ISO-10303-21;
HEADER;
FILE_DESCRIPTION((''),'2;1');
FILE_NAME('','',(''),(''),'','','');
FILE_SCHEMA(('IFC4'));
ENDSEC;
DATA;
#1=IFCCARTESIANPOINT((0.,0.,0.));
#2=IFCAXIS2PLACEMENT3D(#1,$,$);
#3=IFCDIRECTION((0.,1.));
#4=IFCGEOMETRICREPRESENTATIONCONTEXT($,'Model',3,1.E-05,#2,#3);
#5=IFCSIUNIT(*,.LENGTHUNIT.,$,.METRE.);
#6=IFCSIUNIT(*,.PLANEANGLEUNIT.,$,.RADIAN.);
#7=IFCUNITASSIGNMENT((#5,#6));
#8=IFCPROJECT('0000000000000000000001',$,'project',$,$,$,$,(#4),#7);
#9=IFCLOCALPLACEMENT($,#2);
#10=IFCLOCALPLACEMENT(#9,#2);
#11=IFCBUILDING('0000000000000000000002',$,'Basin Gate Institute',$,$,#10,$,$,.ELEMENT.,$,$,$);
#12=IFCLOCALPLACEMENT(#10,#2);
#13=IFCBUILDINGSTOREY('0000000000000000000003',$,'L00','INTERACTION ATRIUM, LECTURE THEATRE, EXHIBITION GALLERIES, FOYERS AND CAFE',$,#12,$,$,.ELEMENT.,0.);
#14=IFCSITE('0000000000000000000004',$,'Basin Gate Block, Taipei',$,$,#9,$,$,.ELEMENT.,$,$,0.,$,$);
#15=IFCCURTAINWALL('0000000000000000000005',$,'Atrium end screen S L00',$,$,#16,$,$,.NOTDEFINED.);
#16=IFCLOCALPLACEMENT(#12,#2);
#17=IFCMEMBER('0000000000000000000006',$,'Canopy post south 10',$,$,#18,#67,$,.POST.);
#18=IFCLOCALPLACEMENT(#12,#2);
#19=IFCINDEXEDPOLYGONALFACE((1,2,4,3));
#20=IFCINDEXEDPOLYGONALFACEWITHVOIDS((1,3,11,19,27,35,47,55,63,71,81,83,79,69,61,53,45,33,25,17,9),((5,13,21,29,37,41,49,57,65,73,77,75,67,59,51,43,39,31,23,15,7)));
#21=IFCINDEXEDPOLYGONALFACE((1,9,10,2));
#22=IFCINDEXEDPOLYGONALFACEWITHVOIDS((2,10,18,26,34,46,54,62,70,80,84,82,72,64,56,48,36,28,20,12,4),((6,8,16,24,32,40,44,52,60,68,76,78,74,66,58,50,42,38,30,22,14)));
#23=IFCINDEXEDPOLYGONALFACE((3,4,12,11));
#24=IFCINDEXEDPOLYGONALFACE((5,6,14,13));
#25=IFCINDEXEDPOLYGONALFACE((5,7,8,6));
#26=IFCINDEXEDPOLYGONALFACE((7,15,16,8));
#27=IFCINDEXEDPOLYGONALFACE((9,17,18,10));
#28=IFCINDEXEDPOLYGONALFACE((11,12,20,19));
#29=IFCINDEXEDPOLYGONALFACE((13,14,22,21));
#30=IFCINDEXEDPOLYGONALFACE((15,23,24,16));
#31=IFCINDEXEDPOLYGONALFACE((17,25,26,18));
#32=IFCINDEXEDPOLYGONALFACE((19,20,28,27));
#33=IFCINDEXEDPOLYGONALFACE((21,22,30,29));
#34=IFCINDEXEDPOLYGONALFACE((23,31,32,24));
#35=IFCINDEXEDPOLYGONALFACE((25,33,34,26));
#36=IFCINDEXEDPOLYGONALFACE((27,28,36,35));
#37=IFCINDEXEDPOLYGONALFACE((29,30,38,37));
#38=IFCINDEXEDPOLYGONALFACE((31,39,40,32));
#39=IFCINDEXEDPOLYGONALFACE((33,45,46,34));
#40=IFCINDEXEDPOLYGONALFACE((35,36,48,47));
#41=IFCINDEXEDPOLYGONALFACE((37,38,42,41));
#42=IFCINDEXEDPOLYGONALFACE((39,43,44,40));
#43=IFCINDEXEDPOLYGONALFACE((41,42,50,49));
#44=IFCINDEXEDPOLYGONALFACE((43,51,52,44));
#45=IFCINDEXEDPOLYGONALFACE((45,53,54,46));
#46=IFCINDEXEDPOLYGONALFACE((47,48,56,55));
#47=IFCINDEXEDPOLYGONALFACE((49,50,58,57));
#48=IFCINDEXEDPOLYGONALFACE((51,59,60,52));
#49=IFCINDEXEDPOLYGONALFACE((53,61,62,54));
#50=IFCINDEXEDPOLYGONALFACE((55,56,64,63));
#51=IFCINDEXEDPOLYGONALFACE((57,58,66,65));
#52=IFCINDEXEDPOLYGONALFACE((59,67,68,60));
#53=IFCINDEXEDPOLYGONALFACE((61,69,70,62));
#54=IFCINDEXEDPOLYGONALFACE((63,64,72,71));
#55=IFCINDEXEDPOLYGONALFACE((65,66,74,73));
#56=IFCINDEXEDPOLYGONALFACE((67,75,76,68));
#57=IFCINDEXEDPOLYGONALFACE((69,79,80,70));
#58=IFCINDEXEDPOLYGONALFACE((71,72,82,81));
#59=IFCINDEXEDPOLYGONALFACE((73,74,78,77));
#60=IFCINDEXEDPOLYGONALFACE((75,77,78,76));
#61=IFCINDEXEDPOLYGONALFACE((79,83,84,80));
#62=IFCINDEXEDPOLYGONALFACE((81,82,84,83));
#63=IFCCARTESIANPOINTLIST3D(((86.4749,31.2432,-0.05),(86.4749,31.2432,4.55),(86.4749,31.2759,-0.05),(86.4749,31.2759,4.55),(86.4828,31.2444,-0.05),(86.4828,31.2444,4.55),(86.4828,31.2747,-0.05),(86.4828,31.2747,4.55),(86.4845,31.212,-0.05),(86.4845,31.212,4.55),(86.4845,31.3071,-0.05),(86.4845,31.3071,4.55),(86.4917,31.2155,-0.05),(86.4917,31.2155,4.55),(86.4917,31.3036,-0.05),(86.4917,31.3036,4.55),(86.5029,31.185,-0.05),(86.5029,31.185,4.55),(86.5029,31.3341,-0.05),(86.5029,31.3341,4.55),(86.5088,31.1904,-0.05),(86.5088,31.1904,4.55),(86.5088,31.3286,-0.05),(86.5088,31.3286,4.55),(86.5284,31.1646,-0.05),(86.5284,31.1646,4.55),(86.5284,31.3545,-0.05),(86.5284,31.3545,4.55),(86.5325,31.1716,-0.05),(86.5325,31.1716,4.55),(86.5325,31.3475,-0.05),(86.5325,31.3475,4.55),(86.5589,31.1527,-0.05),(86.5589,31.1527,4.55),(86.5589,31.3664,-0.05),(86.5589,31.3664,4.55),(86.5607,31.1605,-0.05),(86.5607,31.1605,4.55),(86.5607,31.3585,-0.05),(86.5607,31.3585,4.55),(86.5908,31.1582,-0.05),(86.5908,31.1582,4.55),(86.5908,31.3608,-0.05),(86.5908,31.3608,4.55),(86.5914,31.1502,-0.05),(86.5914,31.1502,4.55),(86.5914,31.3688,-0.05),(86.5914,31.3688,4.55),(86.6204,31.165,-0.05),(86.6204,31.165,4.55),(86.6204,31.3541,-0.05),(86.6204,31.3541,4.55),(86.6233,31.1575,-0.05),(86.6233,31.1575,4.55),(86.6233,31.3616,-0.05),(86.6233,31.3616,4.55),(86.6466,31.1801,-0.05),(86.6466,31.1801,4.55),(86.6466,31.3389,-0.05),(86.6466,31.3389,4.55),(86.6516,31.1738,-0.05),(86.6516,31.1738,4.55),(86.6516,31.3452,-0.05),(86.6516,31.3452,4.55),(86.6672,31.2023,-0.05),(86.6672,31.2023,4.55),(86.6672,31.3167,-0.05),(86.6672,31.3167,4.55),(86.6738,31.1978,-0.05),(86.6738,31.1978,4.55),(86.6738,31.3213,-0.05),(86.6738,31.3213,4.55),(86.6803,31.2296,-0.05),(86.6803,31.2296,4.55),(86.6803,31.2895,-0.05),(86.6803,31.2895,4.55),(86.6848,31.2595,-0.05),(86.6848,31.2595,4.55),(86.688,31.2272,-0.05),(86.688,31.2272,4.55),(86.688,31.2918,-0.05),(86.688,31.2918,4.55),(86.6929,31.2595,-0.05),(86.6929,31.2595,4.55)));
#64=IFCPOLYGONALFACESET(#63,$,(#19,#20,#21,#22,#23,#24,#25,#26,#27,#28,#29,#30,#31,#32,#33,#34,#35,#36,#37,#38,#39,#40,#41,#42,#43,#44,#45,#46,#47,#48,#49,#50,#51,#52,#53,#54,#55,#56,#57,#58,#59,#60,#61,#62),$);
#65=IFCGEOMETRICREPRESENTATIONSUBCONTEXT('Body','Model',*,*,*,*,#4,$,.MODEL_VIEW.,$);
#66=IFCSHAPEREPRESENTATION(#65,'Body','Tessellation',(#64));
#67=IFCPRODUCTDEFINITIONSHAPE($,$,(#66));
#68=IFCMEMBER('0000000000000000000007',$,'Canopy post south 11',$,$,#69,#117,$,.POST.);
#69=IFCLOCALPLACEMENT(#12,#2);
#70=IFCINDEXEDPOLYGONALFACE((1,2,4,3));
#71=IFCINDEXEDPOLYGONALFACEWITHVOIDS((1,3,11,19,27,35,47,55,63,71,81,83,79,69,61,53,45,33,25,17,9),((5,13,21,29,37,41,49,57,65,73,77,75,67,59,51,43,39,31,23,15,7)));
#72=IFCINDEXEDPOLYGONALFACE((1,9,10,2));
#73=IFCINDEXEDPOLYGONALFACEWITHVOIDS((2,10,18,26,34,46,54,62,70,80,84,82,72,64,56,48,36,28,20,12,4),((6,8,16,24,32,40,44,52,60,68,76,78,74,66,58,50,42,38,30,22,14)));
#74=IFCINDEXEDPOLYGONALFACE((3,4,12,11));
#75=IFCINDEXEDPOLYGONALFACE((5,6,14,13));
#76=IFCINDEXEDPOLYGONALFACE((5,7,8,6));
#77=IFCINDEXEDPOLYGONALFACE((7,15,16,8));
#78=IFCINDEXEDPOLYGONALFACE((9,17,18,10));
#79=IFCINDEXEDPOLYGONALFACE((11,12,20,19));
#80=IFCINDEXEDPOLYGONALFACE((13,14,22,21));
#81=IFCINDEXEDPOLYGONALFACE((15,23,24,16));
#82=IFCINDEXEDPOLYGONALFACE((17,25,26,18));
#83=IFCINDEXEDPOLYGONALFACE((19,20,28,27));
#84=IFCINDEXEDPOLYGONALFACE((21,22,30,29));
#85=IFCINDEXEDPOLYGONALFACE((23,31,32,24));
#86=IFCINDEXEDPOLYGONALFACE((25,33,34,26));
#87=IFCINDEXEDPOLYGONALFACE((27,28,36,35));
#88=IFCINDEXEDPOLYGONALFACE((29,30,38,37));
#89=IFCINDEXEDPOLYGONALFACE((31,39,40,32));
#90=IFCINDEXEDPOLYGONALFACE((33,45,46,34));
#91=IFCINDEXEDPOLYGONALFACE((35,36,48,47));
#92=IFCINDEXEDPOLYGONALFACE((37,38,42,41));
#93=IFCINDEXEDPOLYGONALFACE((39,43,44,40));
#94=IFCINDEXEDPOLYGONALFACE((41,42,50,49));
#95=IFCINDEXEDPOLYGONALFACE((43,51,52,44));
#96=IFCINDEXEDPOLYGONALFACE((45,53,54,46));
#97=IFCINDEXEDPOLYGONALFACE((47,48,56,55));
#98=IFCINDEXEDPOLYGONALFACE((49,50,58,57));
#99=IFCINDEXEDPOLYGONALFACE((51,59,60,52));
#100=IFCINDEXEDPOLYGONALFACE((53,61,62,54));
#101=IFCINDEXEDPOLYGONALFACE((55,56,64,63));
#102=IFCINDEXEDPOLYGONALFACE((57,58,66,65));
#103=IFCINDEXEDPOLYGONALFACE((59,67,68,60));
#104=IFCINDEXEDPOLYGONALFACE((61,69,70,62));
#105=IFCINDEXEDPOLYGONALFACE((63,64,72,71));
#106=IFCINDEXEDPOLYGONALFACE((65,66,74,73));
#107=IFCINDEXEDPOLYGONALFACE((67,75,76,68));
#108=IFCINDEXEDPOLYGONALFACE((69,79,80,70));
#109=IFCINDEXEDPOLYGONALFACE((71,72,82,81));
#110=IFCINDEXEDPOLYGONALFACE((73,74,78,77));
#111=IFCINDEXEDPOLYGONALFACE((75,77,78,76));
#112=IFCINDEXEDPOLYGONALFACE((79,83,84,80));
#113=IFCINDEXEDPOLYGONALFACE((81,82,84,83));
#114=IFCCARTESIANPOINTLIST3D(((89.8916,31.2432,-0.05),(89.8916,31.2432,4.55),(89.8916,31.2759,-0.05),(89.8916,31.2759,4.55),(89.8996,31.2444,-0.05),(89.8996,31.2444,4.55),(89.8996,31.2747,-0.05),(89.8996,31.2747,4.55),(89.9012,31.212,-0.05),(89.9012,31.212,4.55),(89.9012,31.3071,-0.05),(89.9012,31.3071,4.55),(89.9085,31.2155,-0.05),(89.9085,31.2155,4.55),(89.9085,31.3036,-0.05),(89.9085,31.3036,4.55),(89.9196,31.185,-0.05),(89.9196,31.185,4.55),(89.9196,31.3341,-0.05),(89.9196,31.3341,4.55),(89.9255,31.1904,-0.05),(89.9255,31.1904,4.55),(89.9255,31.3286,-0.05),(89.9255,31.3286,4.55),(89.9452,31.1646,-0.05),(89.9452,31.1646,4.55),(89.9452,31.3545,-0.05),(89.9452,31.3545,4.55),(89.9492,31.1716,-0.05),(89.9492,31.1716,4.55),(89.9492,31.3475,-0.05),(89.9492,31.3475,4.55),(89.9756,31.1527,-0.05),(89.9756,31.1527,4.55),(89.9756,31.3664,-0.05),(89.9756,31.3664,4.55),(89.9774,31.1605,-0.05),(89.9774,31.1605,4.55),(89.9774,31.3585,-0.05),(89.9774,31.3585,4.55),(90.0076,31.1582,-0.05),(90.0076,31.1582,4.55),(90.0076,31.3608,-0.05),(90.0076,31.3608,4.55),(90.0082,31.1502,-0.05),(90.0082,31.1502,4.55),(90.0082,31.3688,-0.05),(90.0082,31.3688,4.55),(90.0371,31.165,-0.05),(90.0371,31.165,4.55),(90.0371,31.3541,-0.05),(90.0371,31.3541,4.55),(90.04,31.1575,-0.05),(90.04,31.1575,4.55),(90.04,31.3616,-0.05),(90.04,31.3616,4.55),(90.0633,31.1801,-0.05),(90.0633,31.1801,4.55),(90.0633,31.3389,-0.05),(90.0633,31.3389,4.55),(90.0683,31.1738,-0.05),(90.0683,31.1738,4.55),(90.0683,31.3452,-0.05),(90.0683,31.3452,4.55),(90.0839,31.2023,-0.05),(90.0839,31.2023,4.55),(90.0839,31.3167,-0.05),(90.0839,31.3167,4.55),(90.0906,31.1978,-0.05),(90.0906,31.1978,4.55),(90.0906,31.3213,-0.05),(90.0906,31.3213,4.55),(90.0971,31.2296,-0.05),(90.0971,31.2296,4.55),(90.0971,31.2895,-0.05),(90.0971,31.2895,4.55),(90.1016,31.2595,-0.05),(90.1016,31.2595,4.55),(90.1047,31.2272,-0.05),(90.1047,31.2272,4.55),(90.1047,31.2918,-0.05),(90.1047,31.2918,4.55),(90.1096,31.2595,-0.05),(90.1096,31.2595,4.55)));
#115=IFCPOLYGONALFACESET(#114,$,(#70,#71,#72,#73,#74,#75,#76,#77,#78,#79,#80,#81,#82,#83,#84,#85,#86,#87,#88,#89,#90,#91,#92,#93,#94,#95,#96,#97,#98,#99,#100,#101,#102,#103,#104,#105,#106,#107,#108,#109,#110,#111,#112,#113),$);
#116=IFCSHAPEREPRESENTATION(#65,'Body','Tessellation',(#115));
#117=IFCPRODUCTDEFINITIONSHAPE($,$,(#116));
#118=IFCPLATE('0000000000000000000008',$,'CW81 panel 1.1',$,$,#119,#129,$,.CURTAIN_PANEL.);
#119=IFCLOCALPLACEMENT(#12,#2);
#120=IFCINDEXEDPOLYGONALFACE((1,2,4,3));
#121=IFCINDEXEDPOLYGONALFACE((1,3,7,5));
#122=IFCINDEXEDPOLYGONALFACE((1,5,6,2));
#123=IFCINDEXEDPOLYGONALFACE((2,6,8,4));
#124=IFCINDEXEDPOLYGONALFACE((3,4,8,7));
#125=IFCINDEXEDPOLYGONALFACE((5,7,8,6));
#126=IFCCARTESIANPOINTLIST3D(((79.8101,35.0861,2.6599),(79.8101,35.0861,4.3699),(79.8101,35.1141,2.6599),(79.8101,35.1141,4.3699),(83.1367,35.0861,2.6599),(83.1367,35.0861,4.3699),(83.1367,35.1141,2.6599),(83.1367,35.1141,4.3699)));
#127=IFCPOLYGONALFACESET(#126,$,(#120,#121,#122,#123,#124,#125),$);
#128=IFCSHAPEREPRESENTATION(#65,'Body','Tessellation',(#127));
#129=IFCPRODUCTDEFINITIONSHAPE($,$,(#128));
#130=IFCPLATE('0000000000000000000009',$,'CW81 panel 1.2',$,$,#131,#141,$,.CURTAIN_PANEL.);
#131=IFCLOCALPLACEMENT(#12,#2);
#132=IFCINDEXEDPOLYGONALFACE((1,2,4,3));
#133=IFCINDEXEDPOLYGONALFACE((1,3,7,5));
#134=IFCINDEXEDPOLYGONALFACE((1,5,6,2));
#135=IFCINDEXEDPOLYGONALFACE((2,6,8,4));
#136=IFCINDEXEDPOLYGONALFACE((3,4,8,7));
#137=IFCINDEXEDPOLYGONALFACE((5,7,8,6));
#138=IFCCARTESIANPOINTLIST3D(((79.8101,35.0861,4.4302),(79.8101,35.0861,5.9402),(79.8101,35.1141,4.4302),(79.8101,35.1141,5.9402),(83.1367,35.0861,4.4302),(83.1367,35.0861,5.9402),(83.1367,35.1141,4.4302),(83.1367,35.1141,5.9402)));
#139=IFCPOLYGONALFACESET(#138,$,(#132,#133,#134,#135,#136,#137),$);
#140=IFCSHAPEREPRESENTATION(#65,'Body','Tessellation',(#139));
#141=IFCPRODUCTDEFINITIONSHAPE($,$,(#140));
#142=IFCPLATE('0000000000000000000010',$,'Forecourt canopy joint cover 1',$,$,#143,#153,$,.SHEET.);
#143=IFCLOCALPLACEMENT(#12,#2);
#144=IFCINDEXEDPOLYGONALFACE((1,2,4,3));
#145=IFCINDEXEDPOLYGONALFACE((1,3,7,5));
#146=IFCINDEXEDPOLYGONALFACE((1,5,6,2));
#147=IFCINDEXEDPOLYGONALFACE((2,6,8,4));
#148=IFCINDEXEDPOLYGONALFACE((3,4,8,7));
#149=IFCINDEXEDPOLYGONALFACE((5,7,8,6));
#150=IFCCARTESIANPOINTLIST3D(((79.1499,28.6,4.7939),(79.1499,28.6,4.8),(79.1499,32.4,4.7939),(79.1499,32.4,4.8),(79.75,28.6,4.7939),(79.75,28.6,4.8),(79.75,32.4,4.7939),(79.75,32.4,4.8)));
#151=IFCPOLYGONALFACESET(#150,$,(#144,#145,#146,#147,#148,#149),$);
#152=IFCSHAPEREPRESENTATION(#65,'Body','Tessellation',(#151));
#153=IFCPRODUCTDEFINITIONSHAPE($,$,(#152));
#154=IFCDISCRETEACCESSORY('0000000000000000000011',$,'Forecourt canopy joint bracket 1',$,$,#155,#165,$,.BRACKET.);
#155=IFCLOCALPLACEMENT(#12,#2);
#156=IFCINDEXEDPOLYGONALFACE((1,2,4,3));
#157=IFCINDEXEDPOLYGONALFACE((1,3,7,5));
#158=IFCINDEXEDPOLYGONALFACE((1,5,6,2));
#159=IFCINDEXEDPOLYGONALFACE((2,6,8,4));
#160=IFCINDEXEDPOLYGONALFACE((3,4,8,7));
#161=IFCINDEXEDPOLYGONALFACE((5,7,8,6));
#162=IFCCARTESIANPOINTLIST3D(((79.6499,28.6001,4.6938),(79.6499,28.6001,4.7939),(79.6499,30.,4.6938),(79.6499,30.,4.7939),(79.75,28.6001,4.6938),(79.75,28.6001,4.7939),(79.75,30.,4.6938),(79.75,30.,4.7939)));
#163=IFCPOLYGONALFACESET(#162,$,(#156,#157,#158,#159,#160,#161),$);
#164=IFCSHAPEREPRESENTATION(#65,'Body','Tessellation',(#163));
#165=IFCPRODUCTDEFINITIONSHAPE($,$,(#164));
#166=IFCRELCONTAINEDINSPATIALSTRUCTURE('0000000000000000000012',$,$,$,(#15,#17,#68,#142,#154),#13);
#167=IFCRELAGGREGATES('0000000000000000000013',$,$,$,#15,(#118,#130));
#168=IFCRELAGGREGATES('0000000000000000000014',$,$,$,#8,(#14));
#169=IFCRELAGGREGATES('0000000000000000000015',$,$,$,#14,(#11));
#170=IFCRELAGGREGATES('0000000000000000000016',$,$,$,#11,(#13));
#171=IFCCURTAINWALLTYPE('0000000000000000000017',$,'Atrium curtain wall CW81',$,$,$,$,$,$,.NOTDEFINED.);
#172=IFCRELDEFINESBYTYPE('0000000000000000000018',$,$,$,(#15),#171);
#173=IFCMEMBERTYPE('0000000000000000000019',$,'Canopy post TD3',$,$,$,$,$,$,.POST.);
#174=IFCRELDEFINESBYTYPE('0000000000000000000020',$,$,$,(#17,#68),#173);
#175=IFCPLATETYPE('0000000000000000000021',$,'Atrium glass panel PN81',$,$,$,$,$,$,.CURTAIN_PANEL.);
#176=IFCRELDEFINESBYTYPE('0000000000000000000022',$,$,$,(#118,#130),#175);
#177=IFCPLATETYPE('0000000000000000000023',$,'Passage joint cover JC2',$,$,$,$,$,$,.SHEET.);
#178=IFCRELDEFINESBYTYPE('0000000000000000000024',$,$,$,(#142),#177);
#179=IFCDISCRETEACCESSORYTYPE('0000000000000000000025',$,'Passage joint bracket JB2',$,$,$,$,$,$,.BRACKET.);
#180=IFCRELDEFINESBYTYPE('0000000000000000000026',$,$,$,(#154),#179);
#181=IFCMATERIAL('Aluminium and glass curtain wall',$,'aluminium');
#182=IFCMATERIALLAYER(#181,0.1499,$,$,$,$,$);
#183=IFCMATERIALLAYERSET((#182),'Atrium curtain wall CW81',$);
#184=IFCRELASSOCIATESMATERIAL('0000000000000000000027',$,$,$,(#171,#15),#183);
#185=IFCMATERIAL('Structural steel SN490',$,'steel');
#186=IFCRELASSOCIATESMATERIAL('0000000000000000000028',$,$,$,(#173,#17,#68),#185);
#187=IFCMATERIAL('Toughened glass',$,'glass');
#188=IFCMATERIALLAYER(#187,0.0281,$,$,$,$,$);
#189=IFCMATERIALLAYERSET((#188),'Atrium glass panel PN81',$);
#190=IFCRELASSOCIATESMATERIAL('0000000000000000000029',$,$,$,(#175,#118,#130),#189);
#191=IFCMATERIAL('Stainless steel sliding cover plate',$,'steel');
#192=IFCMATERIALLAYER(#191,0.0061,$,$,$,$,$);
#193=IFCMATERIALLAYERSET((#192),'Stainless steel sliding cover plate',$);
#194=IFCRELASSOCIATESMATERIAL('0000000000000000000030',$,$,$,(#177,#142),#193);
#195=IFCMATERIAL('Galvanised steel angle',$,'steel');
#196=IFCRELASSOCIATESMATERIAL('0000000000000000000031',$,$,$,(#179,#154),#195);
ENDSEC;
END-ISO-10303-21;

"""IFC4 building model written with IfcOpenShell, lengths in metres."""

from ifc_helpers import new_model, si_unit, direction, frame, origin, origin_2d, place, context, subcontext, project, spatial, rectangle, hollow_circle, extrude, material, layer, layer_set, material_profile, profile_set, type_object, element, aggregate, save


model = new_model("IFC4")

# Units and contexts
model_context = context("Model", 3, precision=1e-05, world=origin(), true_north=direction((0.0, 1.0)))
body_context = subcontext(model_context, "Body", "Model", "MODEL_VIEW")
ifc_project = project(units=[si_unit("LENGTHUNIT", "METRE"), si_unit("PLANEANGLEUNIT", "RADIAN")], contexts=[model_context])

# Site, building, storey
site_placement = place(None, origin())
site = spatial("IfcSite", under=ifc_project, at=site_placement, Name="Basin Gate Block, Taipei", CompositionType="ELEMENT", RefElevation=0.0)
building_placement = place(site_placement, origin())
building = spatial("IfcBuilding", under=site, at=building_placement, Name="Basin Gate Institute", CompositionType="ELEMENT")
storey_placement = place(building_placement, origin())
storey = spatial("IfcBuildingStorey", under=building, at=storey_placement, Name="L00", Description="INTERACTION ATRIUM, LECTURE THEATRE, EXHIBITION GALLERIES, FOYERS AND CAFE", CompositionType="ELEMENT", Elevation=0.0)

# Curtain wall
ifc_material_1 = material(Name="Aluminium and glass curtain wall", Category="aluminium")
ifc_layer_1 = layer(ifc_material_1, 0.1499)
ifc_layer_set_1 = layer_set([ifc_layer_1], Name="Atrium curtain wall CW81")
curtain_wall_type = type_object("IfcCurtainWallType", Name="Atrium curtain wall CW81", PredefinedType="NOTDEFINED", material=ifc_layer_set_1)
curtain_wall_placement = place(storey_placement, origin())
curtain_wall = element("IfcCurtainWall", 1, at=curtain_wall_placement, inside=storey, type_object=curtain_wall_type, material=ifc_layer_set_1, Name="Atrium end screen S L00", PredefinedType="NOTDEFINED")

# Members
ifc_material_2 = material(Name="Structural steel SN490", Category="steel")
ifc_material_profile_1 = material_profile(ifc_material_2, hollow_circle(Radius=0.1096, WallThickness=0.0081, at=origin_2d()), Name="CHS219x8")
ifc_profile_set_1 = profile_set([ifc_material_profile_1], Name="Structural steel SN490")
member_type_1 = type_object("IfcMemberType", Name="Canopy post TD3", PredefinedType="POST", material=ifc_profile_set_1)
for number, where, z_axis, x_axis, name in (
    (2, (86.5833, 31.2595, -0.05), (0.0, 0.0, 1.0), (1.0, 0.0, 0.0), "Canopy post south 10"),
    (3, (90.0, 31.2595, -0.05), (0.0, 0.0, 1.0), (1.0, 0.0, 0.0), "Canopy post south 11"),
):
    element("IfcMember", number, at=place(storey_placement, frame(where, z_axis=z_axis, x_axis=x_axis)), inside=storey, type_object=member_type_1, material=ifc_profile_set_1, Name=name, PredefinedType="POST", context=body_context, shape_type="SweptSolid", body=[
        extrude(hollow_circle(Radius=0.1096, WallThickness=0.0081, at=origin_2d()), origin(), (0.0, 0.0, 1.0), 4.6001),
    ])

# Plates
ifc_material_3 = material(Name="Toughened glass", Category="glass")
ifc_layer_2 = layer(ifc_material_3, 0.0281)
ifc_layer_set_2 = layer_set([ifc_layer_2], Name="Atrium glass panel PN81")
plate_type_1 = type_object("IfcPlateType", Name="Atrium glass panel PN81", PredefinedType="CURTAIN_PANEL", material=ifc_layer_set_2)
plate_1_placement = place(storey_placement, frame((81.4734, 35.1001, 2.6599), z_axis=(0.0, 0.0, 1.0), x_axis=(1.0, 0.0, 0.0)))
plate_1 = element("IfcPlate", 4, at=plate_1_placement, type_object=plate_type_1, material=ifc_layer_set_2, Name="CW81 panel 1.1", PredefinedType="CURTAIN_PANEL", context=body_context, shape_type="SweptSolid", body=[
    extrude(rectangle(XDim=3.3267, YDim=0.0281, at=origin_2d()), origin(), (0.0, 0.0, 1.0), 1.71),
])
plate_2_placement = place(storey_placement, frame((81.4734, 35.1001, 4.4302), z_axis=(0.0, 0.0, 1.0), x_axis=(1.0, 0.0, 0.0)))
plate_2 = element("IfcPlate", 5, at=plate_2_placement, type_object=plate_type_1, material=ifc_layer_set_2, Name="CW81 panel 1.2", PredefinedType="CURTAIN_PANEL", context=body_context, shape_type="SweptSolid", body=[
    extrude(rectangle(XDim=3.3267, YDim=0.0281, at=origin_2d()), origin(), (0.0, 0.0, 1.0), 1.51),
])
aggregate(curtain_wall, [plate_1, plate_2])
ifc_material_4 = material(Name="Stainless steel sliding cover plate", Category="steel")
ifc_layer_3 = layer(ifc_material_4, 0.0061)
ifc_layer_set_3 = layer_set([ifc_layer_3], Name="Stainless steel sliding cover plate")
plate_type_2 = type_object("IfcPlateType", Name="Passage joint cover JC2", PredefinedType="SHEET", material=ifc_layer_set_3)
plate_3_placement = place(storey_placement, frame((79.45, 30.5, 4.7939), z_axis=(0.0, 0.0, 1.0), x_axis=(1.0, 0.0, 0.0)))
element("IfcPlate", 6, at=plate_3_placement, inside=storey, type_object=plate_type_2, material=ifc_layer_set_3, Name="Forecourt canopy joint cover 1", PredefinedType="SHEET", context=body_context, shape_type="SweptSolid", body=[
    extrude(rectangle(XDim=0.6001, YDim=3.8, at=origin_2d()), origin(), (0.0, 0.0, 1.0), 0.0061),
])

# Discrete accessory
ifc_material_5 = material(Name="Galvanised steel angle", Category="steel")
discrete_accessory_type = type_object("IfcDiscreteAccessoryType", Name="Passage joint bracket JB2", PredefinedType="BRACKET", material=ifc_material_5)
discrete_accessory_placement = place(storey_placement, frame((79.7, 29.3, 4.6938), z_axis=(0.0, 0.0, 1.0), x_axis=(1.0, 0.0, 0.0)))
element("IfcDiscreteAccessory", 7, at=discrete_accessory_placement, inside=storey, type_object=discrete_accessory_type, material=ifc_material_5, Name="Forecourt canopy joint bracket 1", PredefinedType="BRACKET", context=body_context, shape_type="SweptSolid", body=[
    extrude(rectangle(XDim=0.1001, YDim=1.3999, at=origin_2d()), origin(), (0.0, 0.0, 1.0), 0.1001),
])

save(model, "model.ifc")
